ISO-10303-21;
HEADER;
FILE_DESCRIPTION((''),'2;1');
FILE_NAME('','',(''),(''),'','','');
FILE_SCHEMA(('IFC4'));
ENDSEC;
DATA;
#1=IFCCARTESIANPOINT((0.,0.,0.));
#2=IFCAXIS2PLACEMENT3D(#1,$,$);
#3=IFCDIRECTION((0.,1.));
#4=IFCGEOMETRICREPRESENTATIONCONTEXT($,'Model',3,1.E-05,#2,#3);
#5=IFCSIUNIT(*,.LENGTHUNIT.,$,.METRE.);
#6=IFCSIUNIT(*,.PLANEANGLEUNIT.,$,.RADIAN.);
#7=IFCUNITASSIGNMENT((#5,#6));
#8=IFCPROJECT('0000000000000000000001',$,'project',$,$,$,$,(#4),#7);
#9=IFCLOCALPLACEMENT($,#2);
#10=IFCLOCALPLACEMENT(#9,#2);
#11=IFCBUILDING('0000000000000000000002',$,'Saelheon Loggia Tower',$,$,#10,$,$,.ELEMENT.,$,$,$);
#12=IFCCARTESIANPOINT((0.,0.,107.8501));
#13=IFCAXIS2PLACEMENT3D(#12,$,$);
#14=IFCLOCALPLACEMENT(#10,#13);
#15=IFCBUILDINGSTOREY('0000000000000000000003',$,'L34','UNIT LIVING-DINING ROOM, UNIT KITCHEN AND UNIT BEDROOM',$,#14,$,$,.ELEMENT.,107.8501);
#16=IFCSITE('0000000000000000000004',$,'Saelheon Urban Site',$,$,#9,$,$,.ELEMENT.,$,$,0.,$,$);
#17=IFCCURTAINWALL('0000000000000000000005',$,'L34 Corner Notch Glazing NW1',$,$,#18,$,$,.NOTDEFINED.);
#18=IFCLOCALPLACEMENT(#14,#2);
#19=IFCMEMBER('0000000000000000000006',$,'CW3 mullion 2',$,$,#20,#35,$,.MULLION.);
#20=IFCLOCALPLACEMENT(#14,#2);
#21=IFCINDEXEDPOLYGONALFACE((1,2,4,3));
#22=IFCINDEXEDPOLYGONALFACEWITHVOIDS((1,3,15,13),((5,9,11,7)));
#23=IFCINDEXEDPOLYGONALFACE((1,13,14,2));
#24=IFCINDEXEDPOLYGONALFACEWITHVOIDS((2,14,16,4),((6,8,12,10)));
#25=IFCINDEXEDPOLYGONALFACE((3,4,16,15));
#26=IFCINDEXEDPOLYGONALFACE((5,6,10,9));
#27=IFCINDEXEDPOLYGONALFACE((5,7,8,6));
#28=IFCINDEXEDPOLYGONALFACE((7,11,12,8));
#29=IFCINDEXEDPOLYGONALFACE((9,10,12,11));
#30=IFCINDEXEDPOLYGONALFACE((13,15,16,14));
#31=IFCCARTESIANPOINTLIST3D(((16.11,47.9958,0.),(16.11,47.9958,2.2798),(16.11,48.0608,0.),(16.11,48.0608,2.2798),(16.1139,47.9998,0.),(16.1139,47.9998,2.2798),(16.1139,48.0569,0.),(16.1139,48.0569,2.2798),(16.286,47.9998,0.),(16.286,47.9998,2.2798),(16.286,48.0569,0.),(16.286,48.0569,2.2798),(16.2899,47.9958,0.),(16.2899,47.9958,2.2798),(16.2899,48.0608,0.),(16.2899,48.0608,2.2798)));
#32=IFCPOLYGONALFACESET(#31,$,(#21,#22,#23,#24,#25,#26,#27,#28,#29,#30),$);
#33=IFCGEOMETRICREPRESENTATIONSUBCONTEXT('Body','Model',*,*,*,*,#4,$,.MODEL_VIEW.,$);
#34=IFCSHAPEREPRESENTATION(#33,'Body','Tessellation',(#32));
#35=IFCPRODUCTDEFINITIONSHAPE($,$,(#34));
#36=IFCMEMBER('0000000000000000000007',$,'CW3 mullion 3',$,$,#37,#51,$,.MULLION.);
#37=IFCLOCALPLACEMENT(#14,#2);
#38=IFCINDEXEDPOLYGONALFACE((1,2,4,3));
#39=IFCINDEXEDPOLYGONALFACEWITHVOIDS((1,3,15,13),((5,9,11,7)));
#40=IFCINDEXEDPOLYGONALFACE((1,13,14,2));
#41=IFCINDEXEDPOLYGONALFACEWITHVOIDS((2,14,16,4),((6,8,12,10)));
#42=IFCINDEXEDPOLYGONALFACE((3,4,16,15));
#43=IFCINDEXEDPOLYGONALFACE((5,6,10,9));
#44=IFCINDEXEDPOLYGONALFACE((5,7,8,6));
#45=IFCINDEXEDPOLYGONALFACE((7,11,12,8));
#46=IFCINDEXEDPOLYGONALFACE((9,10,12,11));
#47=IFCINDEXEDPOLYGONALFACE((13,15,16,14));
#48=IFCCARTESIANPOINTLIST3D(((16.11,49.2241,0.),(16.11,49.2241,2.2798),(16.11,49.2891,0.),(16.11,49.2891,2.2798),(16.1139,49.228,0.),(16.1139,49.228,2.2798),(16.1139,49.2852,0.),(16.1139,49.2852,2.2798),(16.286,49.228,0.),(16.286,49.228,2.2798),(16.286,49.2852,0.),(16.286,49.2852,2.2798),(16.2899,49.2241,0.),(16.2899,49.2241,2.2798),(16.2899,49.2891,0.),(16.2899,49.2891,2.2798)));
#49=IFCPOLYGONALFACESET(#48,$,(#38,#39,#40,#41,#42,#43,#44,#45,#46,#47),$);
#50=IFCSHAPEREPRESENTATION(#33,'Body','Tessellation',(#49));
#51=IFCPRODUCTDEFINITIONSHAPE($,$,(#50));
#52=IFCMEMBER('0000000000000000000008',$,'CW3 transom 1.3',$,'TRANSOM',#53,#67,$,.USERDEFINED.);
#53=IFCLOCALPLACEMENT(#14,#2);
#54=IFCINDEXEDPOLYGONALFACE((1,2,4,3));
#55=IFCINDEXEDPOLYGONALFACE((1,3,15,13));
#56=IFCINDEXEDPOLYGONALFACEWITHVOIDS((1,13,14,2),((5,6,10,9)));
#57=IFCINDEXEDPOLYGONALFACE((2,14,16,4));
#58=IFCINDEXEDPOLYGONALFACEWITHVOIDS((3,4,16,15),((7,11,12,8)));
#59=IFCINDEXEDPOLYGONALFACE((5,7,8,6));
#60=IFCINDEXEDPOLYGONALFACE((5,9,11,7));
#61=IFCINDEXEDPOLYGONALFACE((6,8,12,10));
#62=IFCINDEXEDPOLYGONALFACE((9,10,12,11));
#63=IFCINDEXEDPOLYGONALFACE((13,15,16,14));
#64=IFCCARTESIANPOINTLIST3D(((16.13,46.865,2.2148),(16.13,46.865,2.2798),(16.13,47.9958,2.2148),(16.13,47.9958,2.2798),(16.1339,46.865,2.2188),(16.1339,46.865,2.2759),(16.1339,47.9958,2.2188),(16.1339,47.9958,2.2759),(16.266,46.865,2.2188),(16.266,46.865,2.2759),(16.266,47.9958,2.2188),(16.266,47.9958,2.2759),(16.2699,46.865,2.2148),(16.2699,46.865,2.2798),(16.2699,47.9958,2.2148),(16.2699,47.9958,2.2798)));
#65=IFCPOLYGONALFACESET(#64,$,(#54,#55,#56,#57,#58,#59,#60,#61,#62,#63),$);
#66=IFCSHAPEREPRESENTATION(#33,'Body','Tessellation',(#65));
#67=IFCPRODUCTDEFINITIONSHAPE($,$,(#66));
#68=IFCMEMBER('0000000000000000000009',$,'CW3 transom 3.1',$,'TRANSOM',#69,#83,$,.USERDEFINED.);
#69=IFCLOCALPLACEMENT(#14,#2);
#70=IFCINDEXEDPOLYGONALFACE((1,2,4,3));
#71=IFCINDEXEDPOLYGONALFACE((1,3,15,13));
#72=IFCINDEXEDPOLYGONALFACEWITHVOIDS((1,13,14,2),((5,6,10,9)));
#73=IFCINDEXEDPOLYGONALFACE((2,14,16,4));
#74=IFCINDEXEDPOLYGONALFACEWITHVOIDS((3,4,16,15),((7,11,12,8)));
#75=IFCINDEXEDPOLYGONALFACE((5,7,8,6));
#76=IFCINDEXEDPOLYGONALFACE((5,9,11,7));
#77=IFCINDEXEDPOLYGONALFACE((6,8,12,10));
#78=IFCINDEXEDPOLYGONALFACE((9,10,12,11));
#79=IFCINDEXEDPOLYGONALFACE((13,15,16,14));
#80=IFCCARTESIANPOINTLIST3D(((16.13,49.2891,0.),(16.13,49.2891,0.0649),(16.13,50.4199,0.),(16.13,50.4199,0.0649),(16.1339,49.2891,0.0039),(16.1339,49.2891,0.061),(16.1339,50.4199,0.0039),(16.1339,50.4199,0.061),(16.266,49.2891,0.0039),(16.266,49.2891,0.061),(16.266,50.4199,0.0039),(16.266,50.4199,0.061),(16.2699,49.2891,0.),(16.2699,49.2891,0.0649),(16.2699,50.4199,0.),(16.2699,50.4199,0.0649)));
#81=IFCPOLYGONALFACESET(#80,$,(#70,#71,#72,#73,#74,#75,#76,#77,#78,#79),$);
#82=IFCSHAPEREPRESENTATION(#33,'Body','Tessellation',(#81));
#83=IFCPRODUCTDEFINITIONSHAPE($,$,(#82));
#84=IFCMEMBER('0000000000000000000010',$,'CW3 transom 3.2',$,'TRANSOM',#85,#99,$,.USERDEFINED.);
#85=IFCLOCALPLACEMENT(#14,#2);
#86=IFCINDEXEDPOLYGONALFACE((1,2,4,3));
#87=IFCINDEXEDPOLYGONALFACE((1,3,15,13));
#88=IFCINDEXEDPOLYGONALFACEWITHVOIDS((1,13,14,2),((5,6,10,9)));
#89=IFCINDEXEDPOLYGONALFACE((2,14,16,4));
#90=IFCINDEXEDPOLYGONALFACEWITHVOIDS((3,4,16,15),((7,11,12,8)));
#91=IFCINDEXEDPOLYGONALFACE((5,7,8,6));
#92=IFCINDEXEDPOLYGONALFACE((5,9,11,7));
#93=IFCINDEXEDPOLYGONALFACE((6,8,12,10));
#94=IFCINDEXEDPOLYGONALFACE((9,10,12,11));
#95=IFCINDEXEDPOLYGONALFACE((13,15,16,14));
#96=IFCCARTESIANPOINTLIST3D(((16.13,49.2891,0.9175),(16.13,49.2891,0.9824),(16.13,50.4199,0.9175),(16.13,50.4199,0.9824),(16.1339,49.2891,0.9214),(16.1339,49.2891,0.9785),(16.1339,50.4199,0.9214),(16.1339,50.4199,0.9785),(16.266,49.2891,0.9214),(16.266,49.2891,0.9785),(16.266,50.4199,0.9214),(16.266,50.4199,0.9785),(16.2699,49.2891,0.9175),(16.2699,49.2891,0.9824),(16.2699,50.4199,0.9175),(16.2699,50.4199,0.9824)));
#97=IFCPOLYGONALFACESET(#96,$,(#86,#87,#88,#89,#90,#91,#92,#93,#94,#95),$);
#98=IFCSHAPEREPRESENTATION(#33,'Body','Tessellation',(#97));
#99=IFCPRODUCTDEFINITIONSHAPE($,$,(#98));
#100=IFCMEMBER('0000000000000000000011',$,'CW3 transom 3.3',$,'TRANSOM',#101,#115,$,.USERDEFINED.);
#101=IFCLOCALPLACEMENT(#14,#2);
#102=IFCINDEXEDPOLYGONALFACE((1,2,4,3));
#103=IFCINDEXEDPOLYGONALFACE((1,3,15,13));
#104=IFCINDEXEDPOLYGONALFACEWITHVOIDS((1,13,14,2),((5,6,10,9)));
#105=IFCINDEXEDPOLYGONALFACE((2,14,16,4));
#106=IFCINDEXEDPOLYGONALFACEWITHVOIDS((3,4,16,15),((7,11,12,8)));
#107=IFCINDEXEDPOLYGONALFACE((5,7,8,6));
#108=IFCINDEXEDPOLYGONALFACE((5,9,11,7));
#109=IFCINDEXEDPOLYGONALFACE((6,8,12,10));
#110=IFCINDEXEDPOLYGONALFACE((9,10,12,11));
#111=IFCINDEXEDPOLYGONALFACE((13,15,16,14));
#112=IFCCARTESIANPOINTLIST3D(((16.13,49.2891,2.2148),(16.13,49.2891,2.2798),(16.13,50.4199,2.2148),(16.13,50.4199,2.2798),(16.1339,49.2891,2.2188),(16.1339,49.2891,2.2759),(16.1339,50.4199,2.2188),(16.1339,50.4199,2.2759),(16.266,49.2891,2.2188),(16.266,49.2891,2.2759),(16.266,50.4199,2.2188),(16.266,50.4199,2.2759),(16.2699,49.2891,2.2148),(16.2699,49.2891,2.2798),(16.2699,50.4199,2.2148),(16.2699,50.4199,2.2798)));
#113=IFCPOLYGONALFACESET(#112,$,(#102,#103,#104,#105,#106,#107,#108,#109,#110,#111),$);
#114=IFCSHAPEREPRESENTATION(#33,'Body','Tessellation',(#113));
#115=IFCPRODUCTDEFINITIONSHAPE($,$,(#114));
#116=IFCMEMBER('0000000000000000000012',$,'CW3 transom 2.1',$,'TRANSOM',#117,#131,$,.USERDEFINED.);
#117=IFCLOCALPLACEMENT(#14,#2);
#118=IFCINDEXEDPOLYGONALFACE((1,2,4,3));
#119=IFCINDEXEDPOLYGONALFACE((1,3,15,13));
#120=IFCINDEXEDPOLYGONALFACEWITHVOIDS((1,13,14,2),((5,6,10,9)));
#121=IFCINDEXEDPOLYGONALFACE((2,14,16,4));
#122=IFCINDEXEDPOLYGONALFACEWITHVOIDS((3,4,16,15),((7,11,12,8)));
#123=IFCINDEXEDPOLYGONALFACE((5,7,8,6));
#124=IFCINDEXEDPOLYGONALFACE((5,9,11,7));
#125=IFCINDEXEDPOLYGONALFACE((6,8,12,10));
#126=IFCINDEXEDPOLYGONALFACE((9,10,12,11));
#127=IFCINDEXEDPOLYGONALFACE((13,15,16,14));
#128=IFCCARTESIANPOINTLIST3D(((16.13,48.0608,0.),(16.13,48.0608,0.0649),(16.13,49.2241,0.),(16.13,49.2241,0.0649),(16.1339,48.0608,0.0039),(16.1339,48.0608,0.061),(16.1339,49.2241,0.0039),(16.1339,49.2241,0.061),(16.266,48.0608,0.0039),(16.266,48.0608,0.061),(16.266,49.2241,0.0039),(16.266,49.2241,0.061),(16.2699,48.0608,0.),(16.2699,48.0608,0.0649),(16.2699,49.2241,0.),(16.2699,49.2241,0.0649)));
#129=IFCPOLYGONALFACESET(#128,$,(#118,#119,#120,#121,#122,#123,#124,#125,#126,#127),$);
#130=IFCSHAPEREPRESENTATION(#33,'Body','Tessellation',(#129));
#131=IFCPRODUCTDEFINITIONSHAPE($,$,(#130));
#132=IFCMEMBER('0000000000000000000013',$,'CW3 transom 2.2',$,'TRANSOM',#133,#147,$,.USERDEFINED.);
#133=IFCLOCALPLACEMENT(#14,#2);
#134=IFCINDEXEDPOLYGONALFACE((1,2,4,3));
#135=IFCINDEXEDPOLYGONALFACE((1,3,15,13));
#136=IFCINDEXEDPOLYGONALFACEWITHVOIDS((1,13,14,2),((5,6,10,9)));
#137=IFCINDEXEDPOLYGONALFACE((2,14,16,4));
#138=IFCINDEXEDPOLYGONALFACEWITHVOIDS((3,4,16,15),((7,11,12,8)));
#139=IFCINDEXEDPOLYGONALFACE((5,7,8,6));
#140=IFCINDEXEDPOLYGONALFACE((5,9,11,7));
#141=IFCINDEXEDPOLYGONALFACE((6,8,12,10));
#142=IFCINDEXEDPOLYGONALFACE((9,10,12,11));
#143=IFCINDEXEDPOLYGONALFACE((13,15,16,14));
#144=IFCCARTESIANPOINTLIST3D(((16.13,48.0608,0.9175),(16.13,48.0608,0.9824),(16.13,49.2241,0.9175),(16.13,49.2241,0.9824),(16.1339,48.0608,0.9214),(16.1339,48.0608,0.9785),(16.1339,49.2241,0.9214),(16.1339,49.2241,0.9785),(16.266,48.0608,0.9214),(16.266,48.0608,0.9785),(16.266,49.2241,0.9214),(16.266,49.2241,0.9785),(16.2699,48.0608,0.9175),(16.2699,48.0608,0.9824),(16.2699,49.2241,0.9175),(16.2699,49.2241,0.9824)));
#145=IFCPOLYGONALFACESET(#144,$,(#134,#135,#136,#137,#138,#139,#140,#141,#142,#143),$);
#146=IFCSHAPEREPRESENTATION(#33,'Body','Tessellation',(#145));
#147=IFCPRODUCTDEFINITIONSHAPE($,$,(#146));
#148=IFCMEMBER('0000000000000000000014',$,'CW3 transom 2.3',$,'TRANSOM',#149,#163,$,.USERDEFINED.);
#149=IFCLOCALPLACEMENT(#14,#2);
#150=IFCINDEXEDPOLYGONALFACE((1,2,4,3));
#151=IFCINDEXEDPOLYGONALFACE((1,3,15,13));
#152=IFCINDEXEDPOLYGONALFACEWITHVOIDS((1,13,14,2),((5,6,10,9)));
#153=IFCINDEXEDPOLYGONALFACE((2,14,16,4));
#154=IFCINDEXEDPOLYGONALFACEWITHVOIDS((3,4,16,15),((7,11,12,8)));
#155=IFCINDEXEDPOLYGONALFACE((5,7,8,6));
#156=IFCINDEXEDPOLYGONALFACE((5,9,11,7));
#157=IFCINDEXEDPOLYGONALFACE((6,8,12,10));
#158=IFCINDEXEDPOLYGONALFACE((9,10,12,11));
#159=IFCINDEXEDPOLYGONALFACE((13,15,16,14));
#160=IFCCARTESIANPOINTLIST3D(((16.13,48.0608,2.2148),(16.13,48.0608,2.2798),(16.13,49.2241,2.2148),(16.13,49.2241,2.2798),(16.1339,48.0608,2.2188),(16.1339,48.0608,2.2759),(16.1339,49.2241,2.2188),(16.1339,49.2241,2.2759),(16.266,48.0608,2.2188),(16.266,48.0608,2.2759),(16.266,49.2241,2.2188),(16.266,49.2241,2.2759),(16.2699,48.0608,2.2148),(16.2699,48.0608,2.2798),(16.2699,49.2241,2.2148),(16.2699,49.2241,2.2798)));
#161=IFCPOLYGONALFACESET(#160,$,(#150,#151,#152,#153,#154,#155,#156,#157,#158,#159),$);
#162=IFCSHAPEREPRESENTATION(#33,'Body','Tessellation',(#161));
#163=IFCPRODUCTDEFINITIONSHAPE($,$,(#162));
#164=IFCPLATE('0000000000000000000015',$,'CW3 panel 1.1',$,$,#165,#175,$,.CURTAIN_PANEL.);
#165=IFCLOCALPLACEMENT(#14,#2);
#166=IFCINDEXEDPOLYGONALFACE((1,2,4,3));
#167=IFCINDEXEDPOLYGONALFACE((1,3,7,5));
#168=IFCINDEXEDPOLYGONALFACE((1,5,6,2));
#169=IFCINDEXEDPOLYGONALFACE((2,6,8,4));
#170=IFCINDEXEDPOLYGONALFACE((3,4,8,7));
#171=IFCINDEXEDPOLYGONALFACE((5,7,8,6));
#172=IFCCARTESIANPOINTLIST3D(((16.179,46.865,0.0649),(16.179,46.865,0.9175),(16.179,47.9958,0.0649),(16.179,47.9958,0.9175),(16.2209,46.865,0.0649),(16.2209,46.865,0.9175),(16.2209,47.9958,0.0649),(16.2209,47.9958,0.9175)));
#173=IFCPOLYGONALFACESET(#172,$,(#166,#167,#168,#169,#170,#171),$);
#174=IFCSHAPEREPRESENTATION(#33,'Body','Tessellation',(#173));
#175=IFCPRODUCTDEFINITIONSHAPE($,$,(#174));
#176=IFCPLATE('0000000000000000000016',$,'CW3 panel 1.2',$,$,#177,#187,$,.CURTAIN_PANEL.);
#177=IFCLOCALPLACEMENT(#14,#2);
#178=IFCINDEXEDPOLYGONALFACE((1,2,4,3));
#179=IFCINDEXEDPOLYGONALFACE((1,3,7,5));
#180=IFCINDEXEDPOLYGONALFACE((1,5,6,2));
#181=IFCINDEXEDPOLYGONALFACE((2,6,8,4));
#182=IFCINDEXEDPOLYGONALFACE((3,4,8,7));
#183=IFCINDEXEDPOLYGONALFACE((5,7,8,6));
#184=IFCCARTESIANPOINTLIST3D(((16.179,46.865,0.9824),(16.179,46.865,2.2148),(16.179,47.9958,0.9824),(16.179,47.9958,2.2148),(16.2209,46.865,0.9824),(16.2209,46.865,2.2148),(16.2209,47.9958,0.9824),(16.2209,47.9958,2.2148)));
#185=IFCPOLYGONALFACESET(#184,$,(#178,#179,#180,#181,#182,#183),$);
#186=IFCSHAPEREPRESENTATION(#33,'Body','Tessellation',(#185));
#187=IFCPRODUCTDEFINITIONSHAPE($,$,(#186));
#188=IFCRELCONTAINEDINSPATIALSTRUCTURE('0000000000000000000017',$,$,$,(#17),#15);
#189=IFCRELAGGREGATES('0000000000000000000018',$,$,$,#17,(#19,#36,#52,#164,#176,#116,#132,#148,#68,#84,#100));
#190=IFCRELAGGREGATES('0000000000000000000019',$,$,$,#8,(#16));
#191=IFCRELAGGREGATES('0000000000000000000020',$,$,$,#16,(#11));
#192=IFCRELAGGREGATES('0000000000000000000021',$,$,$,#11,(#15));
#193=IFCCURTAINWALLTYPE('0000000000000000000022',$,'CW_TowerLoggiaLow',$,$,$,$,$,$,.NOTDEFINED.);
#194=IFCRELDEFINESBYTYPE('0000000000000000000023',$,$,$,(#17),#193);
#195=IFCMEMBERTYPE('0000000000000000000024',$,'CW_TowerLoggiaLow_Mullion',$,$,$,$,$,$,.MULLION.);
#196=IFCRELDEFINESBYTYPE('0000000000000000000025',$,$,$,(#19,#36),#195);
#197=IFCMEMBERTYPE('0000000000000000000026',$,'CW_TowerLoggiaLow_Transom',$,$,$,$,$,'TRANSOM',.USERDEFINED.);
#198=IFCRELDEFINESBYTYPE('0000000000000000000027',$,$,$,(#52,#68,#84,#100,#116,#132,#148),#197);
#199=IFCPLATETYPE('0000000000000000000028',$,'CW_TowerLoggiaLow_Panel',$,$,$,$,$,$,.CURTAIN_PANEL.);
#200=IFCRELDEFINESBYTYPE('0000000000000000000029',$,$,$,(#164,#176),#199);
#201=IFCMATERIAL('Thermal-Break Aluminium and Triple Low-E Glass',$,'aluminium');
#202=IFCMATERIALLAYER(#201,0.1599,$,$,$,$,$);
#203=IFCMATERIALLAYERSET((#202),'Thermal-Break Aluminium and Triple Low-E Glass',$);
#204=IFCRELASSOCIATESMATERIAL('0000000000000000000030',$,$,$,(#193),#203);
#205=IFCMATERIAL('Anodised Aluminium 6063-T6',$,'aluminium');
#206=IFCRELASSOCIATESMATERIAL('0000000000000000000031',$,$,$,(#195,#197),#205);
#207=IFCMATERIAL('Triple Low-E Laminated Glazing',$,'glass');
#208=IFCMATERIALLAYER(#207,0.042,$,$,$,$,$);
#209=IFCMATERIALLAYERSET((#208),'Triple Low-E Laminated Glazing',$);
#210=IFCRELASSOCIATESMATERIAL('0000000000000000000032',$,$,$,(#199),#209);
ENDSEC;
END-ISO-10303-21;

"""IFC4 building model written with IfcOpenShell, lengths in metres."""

from ifc_helpers import new_model, si_unit, direction, frame, origin, origin_2d, place, context, subcontext, project, spatial, rectangle, hollow_rectangle, extrude, source, transform, mapped, material, layer, layer_set, material_profile, profile_set, type_object, element, aggregate, save


model = new_model("IFC4")

# Units and contexts
model_context = context("Model", 3, precision=1e-05, world=origin(), true_north=direction((0.0, 1.0)))
body_context = subcontext(model_context, "Body", "Model", "MODEL_VIEW")
ifc_project = project(units=[si_unit("LENGTHUNIT", "METRE"), si_unit("PLANEANGLEUNIT", "RADIAN")], contexts=[model_context])

# Site, building, storey
site_placement = place(None, origin())
site = spatial("IfcSite", under=ifc_project, at=site_placement, Name="Saelheon Urban Site", CompositionType="ELEMENT", RefElevation=0.0)
building_placement = place(site_placement, origin())
building = spatial("IfcBuilding", under=site, at=building_placement, Name="Saelheon Loggia Tower", CompositionType="ELEMENT")
storey_placement = place(building_placement, frame((0.0, 0.0, 107.8501)))
storey = spatial("IfcBuildingStorey", under=building, at=storey_placement, Name="L34", Description="UNIT LIVING-DINING ROOM, UNIT KITCHEN AND UNIT BEDROOM", CompositionType="ELEMENT", Elevation=107.8501)

# Curtain wall, members, plates
ifc_material_1 = material(Name="Thermal-Break Aluminium and Triple Low-E Glass", Category="aluminium")
ifc_layer_1 = layer(ifc_material_1, 0.1599)
ifc_layer_set_1 = layer_set([ifc_layer_1], Name="Thermal-Break Aluminium and Triple Low-E Glass")
curtain_wall_type = type_object("IfcCurtainWallType", Name="CW_TowerLoggiaLow", PredefinedType="NOTDEFINED", material=ifc_layer_set_1)
curtain_wall_placement = place(storey_placement, origin())
curtain_wall = element("IfcCurtainWall", 1, at=curtain_wall_placement, inside=storey, type_object=curtain_wall_type, Name="L34 Corner Notch Glazing NW1", PredefinedType="NOTDEFINED")
ifc_material_2 = material(Name="Anodised Aluminium 6063-T6", Category="aluminium")
ifc_material_profile_1 = material_profile(ifc_material_2, hollow_rectangle(XDim=0.0649, YDim=0.1799, WallThickness=0.0039, at=origin_2d()), Name="RHS-180x65x4")
ifc_profile_set_1 = profile_set([ifc_material_profile_1], Name="Anodised Aluminium 6063-T6")
member_type_1 = type_object("IfcMemberType", Name="CW_TowerLoggiaLow_Mullion", PredefinedType="MULLION", material=ifc_profile_set_1)
shared_shape_1 = source(origin(), body_context, "Body", "SweptSolid", [
    extrude(hollow_rectangle(XDim=0.0649, YDim=0.1799, WallThickness=0.0039, at=origin_2d()), origin(), (0.0, 0.0, 1.0), 2.2798),
])
member_1_placement = place(storey_placement, frame((16.2, 48.0283, 0.0), z_axis=(0.0, 0.0, 1.0), x_axis=(0.0, 1.0, 0.0)))
member_1 = element("IfcMember", 2, at=member_1_placement, type_object=member_type_1, Name="CW3 mullion 2", PredefinedType="MULLION", context=body_context, shape_type="MappedRepresentation", body=[
    mapped(shared_shape_1, transform((0.0, 0.0, 0.0), scale=1.0)),
])
member_2_placement = place(storey_placement, frame((16.2, 49.2566, 0.0), z_axis=(0.0, 0.0, 1.0), x_axis=(0.0, 1.0, 0.0)))
member_2 = element("IfcMember", 3, at=member_2_placement, type_object=member_type_1, Name="CW3 mullion 3", PredefinedType="MULLION", context=body_context, shape_type="MappedRepresentation", body=[
    mapped(shared_shape_1, transform((0.0, 0.0, 0.0), scale=1.0)),
])
ifc_material_profile_2 = material_profile(ifc_material_2, hollow_rectangle(XDim=0.0649, YDim=0.1399, WallThickness=0.0039, at=origin_2d()), Name="RHS-140x65x4")
ifc_profile_set_2 = profile_set([ifc_material_profile_2], Name="Anodised Aluminium 6063-T6")
member_type_2 = type_object("IfcMemberType", Name="CW_TowerLoggiaLow_Transom", ElementType="TRANSOM", PredefinedType="USERDEFINED", material=ifc_profile_set_2)
shared_shape_2 = source(origin(), body_context, "Body", "SweptSolid", [
    extrude(hollow_rectangle(XDim=0.0649, YDim=0.1399, WallThickness=0.0039, at=origin_2d()), origin(), (0.0, 0.0, 1.0), 1.1309),
])
member_3_placement = place(storey_placement, frame((16.2, 46.865, 2.2473), z_axis=(0.0, 1.0, 0.0), x_axis=(0.0, 0.0, 1.0)))
member_3 = element("IfcMember", 4, at=member_3_placement, type_object=member_type_2, Name="CW3 transom 1.3", ObjectType="TRANSOM", PredefinedType="USERDEFINED", context=body_context, shape_type="MappedRepresentation", body=[
    mapped(shared_shape_2, transform((0.0, 0.0, 0.0), scale=1.0)),
])
member_4_placement = place(storey_placement, frame((16.2, 49.2891, 0.0325), z_axis=(0.0, 1.0, 0.0), x_axis=(0.0, 0.0, 1.0)))
member_4 = element("IfcMember", 5, at=member_4_placement, type_object=member_type_2, Name="CW3 transom 3.1", ObjectType="TRANSOM", PredefinedType="USERDEFINED", context=body_context, shape_type="MappedRepresentation", body=[
    mapped(shared_shape_2, transform((0.0, 0.0, 0.0), scale=1.0)),
])
member_5_placement = place(storey_placement, frame((16.2, 49.2891, 0.95), z_axis=(0.0, 1.0, 0.0), x_axis=(0.0, 0.0, 1.0)))
member_5 = element("IfcMember", 6, at=member_5_placement, type_object=member_type_2, Name="CW3 transom 3.2", ObjectType="TRANSOM", PredefinedType="USERDEFINED", context=body_context, shape_type="MappedRepresentation", body=[
    mapped(shared_shape_2, transform((0.0, 0.0, 0.0), scale=1.0)),
])
member_6_placement = place(storey_placement, frame((16.2, 49.2891, 2.2473), z_axis=(0.0, 1.0, 0.0), x_axis=(0.0, 0.0, 1.0)))
member_6 = element("IfcMember", 7, at=member_6_placement, type_object=member_type_2, Name="CW3 transom 3.3", ObjectType="TRANSOM", PredefinedType="USERDEFINED", context=body_context, shape_type="MappedRepresentation", body=[
    mapped(shared_shape_2, transform((0.0, 0.0, 0.0), scale=1.0)),
])
shared_shape_3 = source(origin(), body_context, "Body", "SweptSolid", [
    extrude(hollow_rectangle(XDim=0.0649, YDim=0.1399, WallThickness=0.0039, at=origin_2d()), origin(), (0.0, 0.0, 1.0), 1.1633),
])
member_7_placement = place(storey_placement, frame((16.2, 48.0608, 0.0325), z_axis=(0.0, 1.0, 0.0), x_axis=(0.0, 0.0, 1.0)))
member_7 = element("IfcMember", 8, at=member_7_placement, type_object=member_type_2, Name="CW3 transom 2.1", ObjectType="TRANSOM", PredefinedType="USERDEFINED", context=body_context, shape_type="MappedRepresentation", body=[
    mapped(shared_shape_3, transform((0.0, 0.0, 0.0), scale=1.0)),
])
member_8_placement = place(storey_placement, frame((16.2, 48.0608, 0.95), z_axis=(0.0, 1.0, 0.0), x_axis=(0.0, 0.0, 1.0)))
member_8 = element("IfcMember", 9, at=member_8_placement, type_object=member_type_2, Name="CW3 transom 2.2", ObjectType="TRANSOM", PredefinedType="USERDEFINED", context=body_context, shape_type="MappedRepresentation", body=[
    mapped(shared_shape_3, transform((0.0, 0.0, 0.0), scale=1.0)),
])
member_9_placement = place(storey_placement, frame((16.2, 48.0608, 2.2473), z_axis=(0.0, 1.0, 0.0), x_axis=(0.0, 0.0, 1.0)))
member_9 = element("IfcMember", 10, at=member_9_placement, type_object=member_type_2, Name="CW3 transom 2.3", ObjectType="TRANSOM", PredefinedType="USERDEFINED", context=body_context, shape_type="MappedRepresentation", body=[
    mapped(shared_shape_3, transform((0.0, 0.0, 0.0), scale=1.0)),
])
ifc_material_3 = material(Name="Triple Low-E Laminated Glazing", Category="glass")
ifc_layer_2 = layer(ifc_material_3, 0.042)
ifc_layer_set_2 = layer_set([ifc_layer_2], Name="Triple Low-E Laminated Glazing")
plate_type = type_object("IfcPlateType", Name="CW_TowerLoggiaLow_Panel", PredefinedType="CURTAIN_PANEL", material=ifc_layer_set_2)
shared_shape_4 = source(origin(), body_context, "Body", "SweptSolid", [
    extrude(rectangle(XDim=1.1309, YDim=0.042, at=origin_2d()), origin(), (0.0, 0.0, 1.0), 0.8525),
])
plate_1_placement = place(storey_placement, frame((16.2, 47.4304, 0.0649), z_axis=(0.0, 0.0, 1.0), x_axis=(0.0, 1.0, 0.0)))
plate_1 = element("IfcPlate", 11, at=plate_1_placement, type_object=plate_type, Name="CW3 panel 1.1", PredefinedType="CURTAIN_PANEL", context=body_context, shape_type="MappedRepresentation", body=[
    mapped(shared_shape_4, transform((0.0, 0.0, 0.0), scale=1.0)),
])
shared_shape_5 = source(origin(), body_context, "Body", "SweptSolid", [
    extrude(rectangle(XDim=1.1309, YDim=0.042, at=origin_2d()), origin(), (0.0, 0.0, 1.0), 1.2324),
])
plate_2_placement = place(storey_placement, frame((16.2, 47.4304, 0.9824), z_axis=(0.0, 0.0, 1.0), x_axis=(0.0, 1.0, 0.0)))
plate_2 = element("IfcPlate", 12, at=plate_2_placement, type_object=plate_type, Name="CW3 panel 1.2", PredefinedType="CURTAIN_PANEL", context=body_context, shape_type="MappedRepresentation", body=[
    mapped(shared_shape_5, transform((0.0, 0.0, 0.0), scale=1.0)),
])
aggregate(curtain_wall, [member_1, member_2, member_3, plate_1, plate_2, member_7, member_8, member_9, member_4, member_5, member_6])

save(model, "model.ifc")
